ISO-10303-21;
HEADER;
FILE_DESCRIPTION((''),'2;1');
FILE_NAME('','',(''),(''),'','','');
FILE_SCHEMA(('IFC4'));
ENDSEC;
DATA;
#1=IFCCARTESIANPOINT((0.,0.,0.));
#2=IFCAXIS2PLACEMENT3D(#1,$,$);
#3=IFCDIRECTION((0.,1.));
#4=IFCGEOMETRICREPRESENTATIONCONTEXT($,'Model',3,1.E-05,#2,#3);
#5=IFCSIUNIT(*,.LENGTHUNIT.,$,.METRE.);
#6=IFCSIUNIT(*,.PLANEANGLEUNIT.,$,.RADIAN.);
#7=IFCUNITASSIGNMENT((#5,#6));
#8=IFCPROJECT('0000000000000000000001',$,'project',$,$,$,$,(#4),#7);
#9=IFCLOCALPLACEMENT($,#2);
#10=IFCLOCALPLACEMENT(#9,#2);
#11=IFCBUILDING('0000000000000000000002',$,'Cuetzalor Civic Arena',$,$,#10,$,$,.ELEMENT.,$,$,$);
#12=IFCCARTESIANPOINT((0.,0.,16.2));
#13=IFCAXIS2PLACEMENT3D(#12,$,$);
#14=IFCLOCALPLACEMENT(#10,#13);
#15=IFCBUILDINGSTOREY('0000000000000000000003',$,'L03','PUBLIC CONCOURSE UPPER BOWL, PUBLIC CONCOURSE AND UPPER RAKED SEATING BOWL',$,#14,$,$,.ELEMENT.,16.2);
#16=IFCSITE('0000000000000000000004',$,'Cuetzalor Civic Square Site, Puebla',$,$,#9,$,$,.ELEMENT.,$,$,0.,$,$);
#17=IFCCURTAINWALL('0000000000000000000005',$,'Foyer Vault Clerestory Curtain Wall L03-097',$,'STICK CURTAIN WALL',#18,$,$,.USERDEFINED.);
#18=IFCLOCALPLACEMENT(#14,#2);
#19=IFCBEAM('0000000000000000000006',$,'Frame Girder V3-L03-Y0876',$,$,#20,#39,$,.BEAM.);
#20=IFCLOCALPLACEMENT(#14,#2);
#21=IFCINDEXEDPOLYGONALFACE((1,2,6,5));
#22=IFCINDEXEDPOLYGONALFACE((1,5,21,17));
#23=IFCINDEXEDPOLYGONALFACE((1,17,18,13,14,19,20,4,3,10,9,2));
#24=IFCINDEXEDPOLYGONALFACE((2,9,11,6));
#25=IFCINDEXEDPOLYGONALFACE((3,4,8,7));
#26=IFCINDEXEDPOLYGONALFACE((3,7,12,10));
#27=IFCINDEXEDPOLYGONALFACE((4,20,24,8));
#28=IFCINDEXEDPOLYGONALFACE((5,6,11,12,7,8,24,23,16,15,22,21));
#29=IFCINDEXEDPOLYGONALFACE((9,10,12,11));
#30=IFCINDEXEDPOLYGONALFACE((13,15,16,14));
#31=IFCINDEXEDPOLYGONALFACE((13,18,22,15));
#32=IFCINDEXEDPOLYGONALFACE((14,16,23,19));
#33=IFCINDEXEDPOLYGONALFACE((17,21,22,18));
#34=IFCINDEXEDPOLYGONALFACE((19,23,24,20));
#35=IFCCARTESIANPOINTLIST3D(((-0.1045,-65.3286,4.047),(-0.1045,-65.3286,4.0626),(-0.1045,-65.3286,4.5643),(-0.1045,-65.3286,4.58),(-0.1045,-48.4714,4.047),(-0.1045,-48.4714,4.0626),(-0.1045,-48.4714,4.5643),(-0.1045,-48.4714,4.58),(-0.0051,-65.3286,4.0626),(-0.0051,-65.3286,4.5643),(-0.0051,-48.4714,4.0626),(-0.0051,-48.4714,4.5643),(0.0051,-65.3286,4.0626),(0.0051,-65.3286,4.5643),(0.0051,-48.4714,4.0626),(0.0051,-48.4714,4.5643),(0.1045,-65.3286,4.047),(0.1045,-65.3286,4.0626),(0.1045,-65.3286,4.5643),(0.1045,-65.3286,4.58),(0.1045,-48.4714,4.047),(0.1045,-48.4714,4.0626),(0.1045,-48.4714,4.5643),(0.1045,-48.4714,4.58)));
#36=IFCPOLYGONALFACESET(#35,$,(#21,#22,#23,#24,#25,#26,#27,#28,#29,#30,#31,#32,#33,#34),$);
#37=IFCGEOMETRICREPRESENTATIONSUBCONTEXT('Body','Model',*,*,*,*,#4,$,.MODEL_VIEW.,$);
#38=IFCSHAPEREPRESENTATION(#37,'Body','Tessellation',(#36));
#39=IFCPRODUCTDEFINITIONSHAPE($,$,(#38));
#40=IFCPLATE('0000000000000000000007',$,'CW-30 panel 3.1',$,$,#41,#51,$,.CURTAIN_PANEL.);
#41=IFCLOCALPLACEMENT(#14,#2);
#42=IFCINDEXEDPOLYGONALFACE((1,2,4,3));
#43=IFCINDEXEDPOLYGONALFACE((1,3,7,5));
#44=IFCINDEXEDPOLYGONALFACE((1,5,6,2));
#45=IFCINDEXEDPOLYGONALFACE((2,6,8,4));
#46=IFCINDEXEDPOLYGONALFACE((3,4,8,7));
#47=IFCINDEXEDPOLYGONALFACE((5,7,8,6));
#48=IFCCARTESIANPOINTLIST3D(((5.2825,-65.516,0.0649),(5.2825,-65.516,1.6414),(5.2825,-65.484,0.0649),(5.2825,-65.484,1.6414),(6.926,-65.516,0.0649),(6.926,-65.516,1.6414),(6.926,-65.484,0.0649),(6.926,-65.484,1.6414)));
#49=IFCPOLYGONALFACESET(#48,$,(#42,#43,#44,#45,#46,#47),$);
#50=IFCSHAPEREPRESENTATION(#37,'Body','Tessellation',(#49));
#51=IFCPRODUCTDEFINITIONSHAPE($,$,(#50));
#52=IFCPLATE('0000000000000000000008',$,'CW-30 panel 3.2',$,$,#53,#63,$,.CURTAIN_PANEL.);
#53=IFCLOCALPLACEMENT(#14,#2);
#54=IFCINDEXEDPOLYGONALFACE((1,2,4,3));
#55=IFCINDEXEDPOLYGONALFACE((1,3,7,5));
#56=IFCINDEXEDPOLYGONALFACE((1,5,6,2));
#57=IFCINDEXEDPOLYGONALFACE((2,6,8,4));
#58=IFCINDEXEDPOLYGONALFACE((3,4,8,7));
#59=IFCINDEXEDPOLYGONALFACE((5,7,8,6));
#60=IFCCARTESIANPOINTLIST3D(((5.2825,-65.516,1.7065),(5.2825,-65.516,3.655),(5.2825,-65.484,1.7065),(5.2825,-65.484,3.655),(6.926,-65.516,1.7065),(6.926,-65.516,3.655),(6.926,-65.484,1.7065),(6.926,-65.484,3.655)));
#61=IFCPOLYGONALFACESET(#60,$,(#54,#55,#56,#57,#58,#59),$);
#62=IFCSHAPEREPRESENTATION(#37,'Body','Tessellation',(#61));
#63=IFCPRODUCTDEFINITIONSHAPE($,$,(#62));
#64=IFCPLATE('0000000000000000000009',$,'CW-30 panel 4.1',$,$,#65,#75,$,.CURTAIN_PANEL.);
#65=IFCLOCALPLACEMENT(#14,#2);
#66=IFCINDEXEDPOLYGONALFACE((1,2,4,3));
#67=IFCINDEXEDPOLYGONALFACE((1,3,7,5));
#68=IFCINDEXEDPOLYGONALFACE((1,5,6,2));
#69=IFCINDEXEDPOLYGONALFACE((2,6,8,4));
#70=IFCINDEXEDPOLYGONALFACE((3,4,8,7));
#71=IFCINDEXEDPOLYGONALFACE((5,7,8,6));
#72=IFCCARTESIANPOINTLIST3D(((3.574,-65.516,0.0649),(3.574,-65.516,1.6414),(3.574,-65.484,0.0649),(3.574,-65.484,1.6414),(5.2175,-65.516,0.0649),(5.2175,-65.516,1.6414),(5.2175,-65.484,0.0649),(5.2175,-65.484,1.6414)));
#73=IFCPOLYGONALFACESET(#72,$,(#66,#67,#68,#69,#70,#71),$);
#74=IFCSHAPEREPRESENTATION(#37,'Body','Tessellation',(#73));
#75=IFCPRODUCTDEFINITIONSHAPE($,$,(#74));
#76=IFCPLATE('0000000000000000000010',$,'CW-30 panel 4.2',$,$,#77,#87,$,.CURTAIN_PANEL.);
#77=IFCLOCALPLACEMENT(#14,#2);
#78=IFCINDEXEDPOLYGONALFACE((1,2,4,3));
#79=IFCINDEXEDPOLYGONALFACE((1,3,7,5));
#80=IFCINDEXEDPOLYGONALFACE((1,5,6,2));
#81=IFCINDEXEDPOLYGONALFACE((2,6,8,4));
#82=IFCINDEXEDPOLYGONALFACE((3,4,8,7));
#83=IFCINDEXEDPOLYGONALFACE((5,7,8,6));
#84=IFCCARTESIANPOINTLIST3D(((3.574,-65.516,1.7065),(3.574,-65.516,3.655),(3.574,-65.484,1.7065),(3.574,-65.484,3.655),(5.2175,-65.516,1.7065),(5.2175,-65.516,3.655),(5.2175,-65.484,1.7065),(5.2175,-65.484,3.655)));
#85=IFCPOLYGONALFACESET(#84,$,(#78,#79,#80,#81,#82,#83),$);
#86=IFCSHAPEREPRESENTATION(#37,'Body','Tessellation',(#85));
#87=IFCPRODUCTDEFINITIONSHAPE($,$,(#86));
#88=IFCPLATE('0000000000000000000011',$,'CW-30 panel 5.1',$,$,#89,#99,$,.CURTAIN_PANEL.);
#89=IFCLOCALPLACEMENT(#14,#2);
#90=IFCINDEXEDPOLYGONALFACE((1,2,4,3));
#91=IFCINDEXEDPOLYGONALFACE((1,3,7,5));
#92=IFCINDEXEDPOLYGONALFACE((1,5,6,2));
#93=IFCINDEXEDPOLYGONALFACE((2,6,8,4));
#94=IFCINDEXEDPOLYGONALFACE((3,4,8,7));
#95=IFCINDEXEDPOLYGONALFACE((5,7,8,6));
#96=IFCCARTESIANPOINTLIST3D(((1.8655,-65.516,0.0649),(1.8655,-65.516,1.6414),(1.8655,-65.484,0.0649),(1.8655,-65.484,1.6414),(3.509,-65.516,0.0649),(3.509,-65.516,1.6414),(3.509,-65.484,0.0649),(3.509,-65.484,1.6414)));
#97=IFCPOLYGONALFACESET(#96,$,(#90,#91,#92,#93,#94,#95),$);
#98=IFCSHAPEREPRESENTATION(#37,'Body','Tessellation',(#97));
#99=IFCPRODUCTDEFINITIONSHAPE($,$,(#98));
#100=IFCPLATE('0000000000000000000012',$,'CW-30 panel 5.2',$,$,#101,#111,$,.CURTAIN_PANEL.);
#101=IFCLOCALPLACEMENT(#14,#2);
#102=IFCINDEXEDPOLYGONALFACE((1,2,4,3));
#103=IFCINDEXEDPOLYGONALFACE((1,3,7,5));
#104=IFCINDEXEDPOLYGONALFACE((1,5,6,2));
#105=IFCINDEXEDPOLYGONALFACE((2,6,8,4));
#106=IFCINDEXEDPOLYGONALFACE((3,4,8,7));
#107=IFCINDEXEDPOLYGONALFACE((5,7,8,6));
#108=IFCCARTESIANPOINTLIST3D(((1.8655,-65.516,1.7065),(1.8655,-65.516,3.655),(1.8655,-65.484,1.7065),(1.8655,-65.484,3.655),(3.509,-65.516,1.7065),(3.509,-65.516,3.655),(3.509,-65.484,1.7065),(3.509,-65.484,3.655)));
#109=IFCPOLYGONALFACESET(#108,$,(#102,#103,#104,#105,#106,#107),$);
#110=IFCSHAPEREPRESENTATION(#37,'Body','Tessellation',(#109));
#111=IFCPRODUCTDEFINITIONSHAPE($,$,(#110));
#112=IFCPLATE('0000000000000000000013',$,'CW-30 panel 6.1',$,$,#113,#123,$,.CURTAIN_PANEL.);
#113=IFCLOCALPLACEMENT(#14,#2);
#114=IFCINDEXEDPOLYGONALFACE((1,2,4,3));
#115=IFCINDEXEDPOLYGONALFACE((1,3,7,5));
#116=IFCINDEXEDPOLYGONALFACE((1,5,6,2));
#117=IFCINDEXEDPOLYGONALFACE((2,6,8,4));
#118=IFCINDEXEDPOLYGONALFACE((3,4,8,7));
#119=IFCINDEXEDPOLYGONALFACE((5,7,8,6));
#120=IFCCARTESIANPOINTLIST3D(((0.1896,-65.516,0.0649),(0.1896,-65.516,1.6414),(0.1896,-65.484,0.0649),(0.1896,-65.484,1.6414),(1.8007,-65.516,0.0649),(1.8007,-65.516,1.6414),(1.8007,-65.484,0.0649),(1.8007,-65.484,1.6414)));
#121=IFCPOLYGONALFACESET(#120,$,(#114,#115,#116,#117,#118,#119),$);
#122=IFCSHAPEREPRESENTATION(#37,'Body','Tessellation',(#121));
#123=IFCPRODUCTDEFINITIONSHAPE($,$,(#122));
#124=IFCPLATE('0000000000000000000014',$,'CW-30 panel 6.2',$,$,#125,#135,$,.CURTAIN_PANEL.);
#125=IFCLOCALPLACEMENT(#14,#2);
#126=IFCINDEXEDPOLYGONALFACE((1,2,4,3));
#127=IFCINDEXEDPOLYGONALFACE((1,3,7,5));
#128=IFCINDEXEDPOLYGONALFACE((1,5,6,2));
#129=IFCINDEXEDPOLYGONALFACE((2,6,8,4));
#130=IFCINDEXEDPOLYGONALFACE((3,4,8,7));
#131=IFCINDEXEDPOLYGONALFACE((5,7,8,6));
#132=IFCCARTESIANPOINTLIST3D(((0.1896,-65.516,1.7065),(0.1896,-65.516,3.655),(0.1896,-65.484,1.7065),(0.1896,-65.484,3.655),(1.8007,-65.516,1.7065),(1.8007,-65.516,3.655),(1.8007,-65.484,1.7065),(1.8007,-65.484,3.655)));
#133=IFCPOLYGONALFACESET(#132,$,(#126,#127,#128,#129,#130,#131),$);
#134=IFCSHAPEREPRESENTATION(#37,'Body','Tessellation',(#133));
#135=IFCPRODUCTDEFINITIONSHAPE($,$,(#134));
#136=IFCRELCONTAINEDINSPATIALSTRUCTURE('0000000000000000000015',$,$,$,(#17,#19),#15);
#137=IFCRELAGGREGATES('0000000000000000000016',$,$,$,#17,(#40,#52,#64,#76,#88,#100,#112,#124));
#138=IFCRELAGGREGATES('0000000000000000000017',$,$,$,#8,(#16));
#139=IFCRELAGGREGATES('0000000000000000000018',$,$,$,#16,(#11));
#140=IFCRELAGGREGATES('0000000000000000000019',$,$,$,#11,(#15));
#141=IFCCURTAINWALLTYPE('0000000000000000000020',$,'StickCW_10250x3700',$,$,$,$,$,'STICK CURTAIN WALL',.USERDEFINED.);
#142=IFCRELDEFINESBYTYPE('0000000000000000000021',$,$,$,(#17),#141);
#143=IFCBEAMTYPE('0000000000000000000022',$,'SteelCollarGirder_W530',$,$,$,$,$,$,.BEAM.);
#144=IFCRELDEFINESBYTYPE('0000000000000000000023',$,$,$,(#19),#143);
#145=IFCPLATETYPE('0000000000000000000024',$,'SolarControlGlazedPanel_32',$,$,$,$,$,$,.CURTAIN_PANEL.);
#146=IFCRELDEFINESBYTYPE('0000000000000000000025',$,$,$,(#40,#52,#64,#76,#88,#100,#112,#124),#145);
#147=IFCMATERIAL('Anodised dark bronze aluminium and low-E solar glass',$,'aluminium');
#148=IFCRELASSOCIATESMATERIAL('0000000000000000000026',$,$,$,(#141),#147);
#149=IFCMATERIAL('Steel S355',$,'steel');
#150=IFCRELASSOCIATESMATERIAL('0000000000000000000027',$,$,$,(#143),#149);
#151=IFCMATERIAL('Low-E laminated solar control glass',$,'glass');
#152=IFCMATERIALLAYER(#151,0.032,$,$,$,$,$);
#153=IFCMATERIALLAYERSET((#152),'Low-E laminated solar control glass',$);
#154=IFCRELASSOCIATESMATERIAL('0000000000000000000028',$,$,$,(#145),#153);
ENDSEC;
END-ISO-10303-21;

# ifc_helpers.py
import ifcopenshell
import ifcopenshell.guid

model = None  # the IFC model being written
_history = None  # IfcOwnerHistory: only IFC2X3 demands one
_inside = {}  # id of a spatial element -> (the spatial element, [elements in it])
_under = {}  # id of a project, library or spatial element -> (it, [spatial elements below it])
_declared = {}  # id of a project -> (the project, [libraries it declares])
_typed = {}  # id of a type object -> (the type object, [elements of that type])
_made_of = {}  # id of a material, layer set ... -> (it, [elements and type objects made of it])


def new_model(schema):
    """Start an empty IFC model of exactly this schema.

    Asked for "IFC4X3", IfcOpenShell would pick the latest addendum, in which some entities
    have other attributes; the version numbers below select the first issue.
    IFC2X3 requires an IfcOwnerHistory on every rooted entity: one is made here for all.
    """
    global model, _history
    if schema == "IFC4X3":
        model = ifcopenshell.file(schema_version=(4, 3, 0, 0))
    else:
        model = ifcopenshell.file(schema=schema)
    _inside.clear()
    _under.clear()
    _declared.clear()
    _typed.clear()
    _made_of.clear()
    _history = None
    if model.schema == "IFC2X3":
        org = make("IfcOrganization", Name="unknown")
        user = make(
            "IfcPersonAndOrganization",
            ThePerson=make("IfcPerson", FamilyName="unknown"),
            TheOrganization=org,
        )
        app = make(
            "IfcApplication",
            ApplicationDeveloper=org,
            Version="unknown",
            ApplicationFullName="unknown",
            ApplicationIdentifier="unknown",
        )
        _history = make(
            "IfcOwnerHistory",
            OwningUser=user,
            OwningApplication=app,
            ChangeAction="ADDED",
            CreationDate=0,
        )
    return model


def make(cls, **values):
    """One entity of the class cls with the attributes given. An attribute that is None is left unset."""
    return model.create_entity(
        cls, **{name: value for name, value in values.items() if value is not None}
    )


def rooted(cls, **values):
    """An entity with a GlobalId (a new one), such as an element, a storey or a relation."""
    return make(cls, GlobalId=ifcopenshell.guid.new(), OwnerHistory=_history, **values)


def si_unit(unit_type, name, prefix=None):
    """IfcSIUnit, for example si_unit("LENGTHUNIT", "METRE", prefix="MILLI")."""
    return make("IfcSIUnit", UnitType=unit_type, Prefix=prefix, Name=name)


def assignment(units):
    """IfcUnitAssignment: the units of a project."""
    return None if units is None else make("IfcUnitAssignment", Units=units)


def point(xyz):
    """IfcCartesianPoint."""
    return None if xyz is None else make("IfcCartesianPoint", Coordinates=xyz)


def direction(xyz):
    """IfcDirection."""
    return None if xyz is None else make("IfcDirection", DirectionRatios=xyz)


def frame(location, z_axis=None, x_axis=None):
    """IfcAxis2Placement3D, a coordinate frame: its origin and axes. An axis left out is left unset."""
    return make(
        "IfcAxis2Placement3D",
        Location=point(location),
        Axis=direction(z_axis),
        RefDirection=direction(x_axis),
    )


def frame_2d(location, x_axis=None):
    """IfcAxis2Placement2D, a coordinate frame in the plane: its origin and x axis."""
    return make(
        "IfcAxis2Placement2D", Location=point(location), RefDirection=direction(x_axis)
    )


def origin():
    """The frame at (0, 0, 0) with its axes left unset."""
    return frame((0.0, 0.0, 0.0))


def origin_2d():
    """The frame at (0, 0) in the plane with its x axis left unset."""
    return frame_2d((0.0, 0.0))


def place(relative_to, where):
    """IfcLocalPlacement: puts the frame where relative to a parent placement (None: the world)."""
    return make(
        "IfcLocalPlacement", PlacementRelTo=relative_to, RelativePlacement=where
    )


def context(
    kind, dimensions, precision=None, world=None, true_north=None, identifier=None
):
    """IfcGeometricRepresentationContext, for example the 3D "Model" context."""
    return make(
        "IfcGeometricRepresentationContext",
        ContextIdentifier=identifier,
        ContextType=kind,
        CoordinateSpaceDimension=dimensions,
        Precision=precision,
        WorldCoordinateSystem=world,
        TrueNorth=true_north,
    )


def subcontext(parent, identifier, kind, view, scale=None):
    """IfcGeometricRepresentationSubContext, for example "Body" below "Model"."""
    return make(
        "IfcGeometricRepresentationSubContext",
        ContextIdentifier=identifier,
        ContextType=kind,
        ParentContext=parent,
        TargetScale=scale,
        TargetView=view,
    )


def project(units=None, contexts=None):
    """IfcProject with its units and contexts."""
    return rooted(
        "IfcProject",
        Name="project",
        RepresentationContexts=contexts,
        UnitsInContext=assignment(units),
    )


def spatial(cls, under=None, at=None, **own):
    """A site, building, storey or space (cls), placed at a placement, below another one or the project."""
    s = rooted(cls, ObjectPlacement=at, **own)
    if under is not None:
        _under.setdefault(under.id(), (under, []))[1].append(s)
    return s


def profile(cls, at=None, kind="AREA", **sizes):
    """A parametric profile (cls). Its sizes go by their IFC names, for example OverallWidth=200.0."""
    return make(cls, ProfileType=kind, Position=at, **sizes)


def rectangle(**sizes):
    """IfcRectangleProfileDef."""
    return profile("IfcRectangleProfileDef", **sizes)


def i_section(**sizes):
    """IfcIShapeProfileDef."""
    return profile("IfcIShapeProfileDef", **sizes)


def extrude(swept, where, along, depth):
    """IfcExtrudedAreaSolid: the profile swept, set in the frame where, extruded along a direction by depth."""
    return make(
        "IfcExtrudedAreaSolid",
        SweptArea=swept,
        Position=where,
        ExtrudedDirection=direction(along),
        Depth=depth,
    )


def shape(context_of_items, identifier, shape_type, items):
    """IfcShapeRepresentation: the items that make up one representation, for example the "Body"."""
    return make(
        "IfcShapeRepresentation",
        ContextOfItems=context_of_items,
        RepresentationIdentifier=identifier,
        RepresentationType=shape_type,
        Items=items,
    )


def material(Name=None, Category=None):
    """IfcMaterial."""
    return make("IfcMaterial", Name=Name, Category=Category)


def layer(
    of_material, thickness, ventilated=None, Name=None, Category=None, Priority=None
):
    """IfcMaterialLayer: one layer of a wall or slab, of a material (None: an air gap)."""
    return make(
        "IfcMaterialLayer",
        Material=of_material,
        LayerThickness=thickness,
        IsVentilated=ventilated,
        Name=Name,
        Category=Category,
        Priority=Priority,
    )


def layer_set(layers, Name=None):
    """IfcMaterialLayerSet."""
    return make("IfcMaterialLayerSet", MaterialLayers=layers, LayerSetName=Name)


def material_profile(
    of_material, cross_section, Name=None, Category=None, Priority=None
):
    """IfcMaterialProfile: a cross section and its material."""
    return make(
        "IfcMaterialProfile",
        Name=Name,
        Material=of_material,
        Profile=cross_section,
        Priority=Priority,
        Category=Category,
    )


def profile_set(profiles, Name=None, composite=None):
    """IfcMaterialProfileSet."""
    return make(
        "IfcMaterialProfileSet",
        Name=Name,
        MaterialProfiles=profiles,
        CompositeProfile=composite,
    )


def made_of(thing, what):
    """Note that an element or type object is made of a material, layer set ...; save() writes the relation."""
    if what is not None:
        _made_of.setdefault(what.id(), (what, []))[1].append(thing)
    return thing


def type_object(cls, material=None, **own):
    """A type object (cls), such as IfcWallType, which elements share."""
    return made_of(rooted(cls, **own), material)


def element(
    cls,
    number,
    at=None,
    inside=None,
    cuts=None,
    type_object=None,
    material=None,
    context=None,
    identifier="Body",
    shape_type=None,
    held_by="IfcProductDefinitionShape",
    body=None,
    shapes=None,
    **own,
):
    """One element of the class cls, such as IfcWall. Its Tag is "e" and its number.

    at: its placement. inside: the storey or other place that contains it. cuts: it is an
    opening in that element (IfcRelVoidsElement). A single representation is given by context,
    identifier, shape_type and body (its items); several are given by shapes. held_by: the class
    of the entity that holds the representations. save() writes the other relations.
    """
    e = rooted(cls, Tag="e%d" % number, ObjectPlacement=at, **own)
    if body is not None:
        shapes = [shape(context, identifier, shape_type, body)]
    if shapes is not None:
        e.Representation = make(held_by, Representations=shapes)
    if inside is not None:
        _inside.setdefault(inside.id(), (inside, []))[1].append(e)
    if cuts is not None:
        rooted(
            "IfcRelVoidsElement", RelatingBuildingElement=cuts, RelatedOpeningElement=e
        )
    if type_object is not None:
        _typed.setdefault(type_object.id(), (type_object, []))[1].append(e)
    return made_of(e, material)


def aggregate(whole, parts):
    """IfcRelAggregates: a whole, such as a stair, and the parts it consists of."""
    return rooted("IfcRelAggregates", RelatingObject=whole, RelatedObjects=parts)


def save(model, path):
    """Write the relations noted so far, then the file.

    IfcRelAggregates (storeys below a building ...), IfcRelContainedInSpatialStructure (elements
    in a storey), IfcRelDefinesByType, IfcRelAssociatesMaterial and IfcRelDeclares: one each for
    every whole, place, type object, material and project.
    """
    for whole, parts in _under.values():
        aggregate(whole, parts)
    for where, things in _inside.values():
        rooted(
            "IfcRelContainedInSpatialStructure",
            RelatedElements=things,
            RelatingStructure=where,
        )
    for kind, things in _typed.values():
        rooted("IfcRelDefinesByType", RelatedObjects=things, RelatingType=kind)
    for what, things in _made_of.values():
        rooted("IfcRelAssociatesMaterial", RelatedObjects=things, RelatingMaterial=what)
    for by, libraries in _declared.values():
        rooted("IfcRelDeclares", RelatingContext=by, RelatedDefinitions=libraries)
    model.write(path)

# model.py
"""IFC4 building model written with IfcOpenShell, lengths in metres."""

from ifc_helpers import new_model, si_unit, direction, frame, origin, origin_2d, place, context, subcontext, project, spatial, rectangle, i_section, extrude, material, layer, layer_set, material_profile, profile_set, type_object, element, aggregate, save


model = new_model("IFC4")

# Units and contexts
model_context = context("Model", 3, precision=1e-05, world=origin(), true_north=direction((0.0, 1.0)))
body_context = subcontext(model_context, "Body", "Model", "MODEL_VIEW")
ifc_project = project(units=[si_unit("LENGTHUNIT", "METRE"), si_unit("PLANEANGLEUNIT", "RADIAN")], contexts=[model_context])

# Site, building, storey
site_placement = place(None, origin())
site = spatial("IfcSite", under=ifc_project, at=site_placement, Name="Cuetzalor Civic Square Site, Puebla", CompositionType="ELEMENT", RefElevation=0.0)
building_placement = place(site_placement, origin())
building = spatial("IfcBuilding", under=site, at=building_placement, Name="Cuetzalor Civic Arena", CompositionType="ELEMENT")
storey_placement = place(building_placement, frame((0.0, 0.0, 16.2)))
storey = spatial("IfcBuildingStorey", under=building, at=storey_placement, Name="L03", Description="PUBLIC CONCOURSE UPPER BOWL, PUBLIC CONCOURSE AND UPPER RAKED SEATING BOWL", CompositionType="ELEMENT", Elevation=16.2)

# Curtain wall
ifc_material_1 = material(Name="Anodised dark bronze aluminium and low-E solar glass", Category="aluminium")
curtain_wall_type = type_object("IfcCurtainWallType", Name="StickCW_10250x3700", ElementType="STICK CURTAIN WALL", PredefinedType="USERDEFINED", material=ifc_material_1)
curtain_wall_placement = place(storey_placement, origin())
curtain_wall = element("IfcCurtainWall", 1, at=curtain_wall_placement, inside=storey, type_object=curtain_wall_type, Name="Foyer Vault Clerestory Curtain Wall L03-097", ObjectType="STICK CURTAIN WALL", PredefinedType="USERDEFINED")

# Beam
ifc_material_2 = material(Name="Steel S355", Category="steel")
ifc_material_profile_1 = material_profile(ifc_material_2, i_section(OverallWidth=0.209, OverallDepth=0.533, WebThickness=0.0103, FlangeThickness=0.0156, at=origin_2d()), Name="W530x92")
ifc_profile_set_1 = profile_set([ifc_material_profile_1], Name="Steel S355")
beam_type_1 = type_object("IfcBeamType", Name="SteelCollarGirder_W530", PredefinedType="BEAM", material=ifc_profile_set_1)
beam_1_placement = place(storey_placement, frame((0.0, -65.3286, 4.3135), z_axis=(0.0, 1.0, 0.0), x_axis=(-1.0, 0.0, 0.0)))
element("IfcBeam", 2, at=beam_1_placement, inside=storey, type_object=beam_type_1, Name="Frame Girder V3-L03-Y0876", PredefinedType="BEAM", context=body_context, shape_type="SweptSolid", body=[
    extrude(i_section(OverallWidth=0.209, OverallDepth=0.533, WebThickness=0.0103, FlangeThickness=0.0156, at=origin_2d()), origin(), (0.0, 0.0, 1.0), 16.8572),
])

# Plates
ifc_material_3 = material(Name="Low-E laminated solar control glass", Category="glass")
ifc_layer = layer(ifc_material_3, 0.032)
ifc_layer_set = layer_set([ifc_layer], Name="Low-E laminated solar control glass")
plate_type = type_object("IfcPlateType", Name="SolarControlGlazedPanel_32", PredefinedType="CURTAIN_PANEL", material=ifc_layer_set)
plate_1_placement = place(storey_placement, frame((6.1042, -65.5, 0.0649), z_axis=(0.0, 0.0, 1.0), x_axis=(-1.0, 0.0, 0.0)))
plate_1 = element("IfcPlate", 3, at=plate_1_placement, type_object=plate_type, Name="CW-30 panel 3.1", PredefinedType="CURTAIN_PANEL", context=body_context, shape_type="SweptSolid", body=[
    extrude(rectangle(XDim=1.6436, YDim=0.032, at=origin_2d()), origin(), (0.0, 0.0, 1.0), 1.5764),
])
plate_2_placement = place(storey_placement, frame((6.1042, -65.5, 1.7065), z_axis=(0.0, 0.0, 1.0), x_axis=(-1.0, 0.0, 0.0)))
plate_2 = element("IfcPlate", 4, at=plate_2_placement, type_object=plate_type, Name="CW-30 panel 3.2", PredefinedType="CURTAIN_PANEL", context=body_context, shape_type="SweptSolid", body=[
    extrude(rectangle(XDim=1.6436, YDim=0.032, at=origin_2d()), origin(), (0.0, 0.0, 1.0), 1.9485),
])
plate_3_placement = place(storey_placement, frame((4.3958, -65.5, 0.0649), z_axis=(0.0, 0.0, 1.0), x_axis=(-1.0, 0.0, 0.0)))
plate_3 = element("IfcPlate", 5, at=plate_3_placement, type_object=plate_type, Name="CW-30 panel 4.1", PredefinedType="CURTAIN_PANEL", context=body_context, shape_type="SweptSolid", body=[
    extrude(rectangle(XDim=1.6436, YDim=0.032, at=origin_2d()), origin(), (0.0, 0.0, 1.0), 1.5764),
])
plate_4_placement = place(storey_placement, frame((4.3958, -65.5, 1.7065), z_axis=(0.0, 0.0, 1.0), x_axis=(-1.0, 0.0, 0.0)))
plate_4 = element("IfcPlate", 6, at=plate_4_placement, type_object=plate_type, Name="CW-30 panel 4.2", PredefinedType="CURTAIN_PANEL", context=body_context, shape_type="SweptSolid", body=[
    extrude(rectangle(XDim=1.6436, YDim=0.032, at=origin_2d()), origin(), (0.0, 0.0, 1.0), 1.9485),
])
plate_5_placement = place(storey_placement, frame((2.6873, -65.5, 0.0649), z_axis=(0.0, 0.0, 1.0), x_axis=(-1.0, 0.0, 0.0)))
plate_5 = element("IfcPlate", 7, at=plate_5_placement, type_object=plate_type, Name="CW-30 panel 5.1", PredefinedType="CURTAIN_PANEL", context=body_context, shape_type="SweptSolid", body=[
    extrude(rectangle(XDim=1.6436, YDim=0.032, at=origin_2d()), origin(), (0.0, 0.0, 1.0), 1.5764),
])
plate_6_placement = place(storey_placement, frame((2.6873, -65.5, 1.7065), z_axis=(0.0, 0.0, 1.0), x_axis=(-1.0, 0.0, 0.0)))
plate_6 = element("IfcPlate", 8, at=plate_6_placement, type_object=plate_type, Name="CW-30 panel 5.2", PredefinedType="CURTAIN_PANEL", context=body_context, shape_type="SweptSolid", body=[
    extrude(rectangle(XDim=1.6436, YDim=0.032, at=origin_2d()), origin(), (0.0, 0.0, 1.0), 1.9485),
])
plate_7_placement = place(storey_placement, frame((0.9951, -65.5, 0.0649), z_axis=(0.0, 0.0, 1.0), x_axis=(-1.0, 0.0, 0.0)))
plate_7 = element("IfcPlate", 9, at=plate_7_placement, type_object=plate_type, Name="CW-30 panel 6.1", PredefinedType="CURTAIN_PANEL", context=body_context, shape_type="SweptSolid", body=[
    extrude(rectangle(XDim=1.6111, YDim=0.032, at=origin_2d()), origin(), (0.0, 0.0, 1.0), 1.5764),
])
plate_8_placement = place(storey_placement, frame((0.9951, -65.5, 1.7065), z_axis=(0.0, 0.0, 1.0), x_axis=(-1.0, 0.0, 0.0)))
plate_8 = element("IfcPlate", 10, at=plate_8_placement, type_object=plate_type, Name="CW-30 panel 6.2", PredefinedType="CURTAIN_PANEL", context=body_context, shape_type="SweptSolid", body=[
    extrude(rectangle(XDim=1.6111, YDim=0.032, at=origin_2d()), origin(), (0.0, 0.0, 1.0), 1.9485),
])
aggregate(curtain_wall, [plate_1, plate_2, plate_3, plate_4, plate_5, plate_6, plate_7, plate_8])

save(model, "model.ifc")
